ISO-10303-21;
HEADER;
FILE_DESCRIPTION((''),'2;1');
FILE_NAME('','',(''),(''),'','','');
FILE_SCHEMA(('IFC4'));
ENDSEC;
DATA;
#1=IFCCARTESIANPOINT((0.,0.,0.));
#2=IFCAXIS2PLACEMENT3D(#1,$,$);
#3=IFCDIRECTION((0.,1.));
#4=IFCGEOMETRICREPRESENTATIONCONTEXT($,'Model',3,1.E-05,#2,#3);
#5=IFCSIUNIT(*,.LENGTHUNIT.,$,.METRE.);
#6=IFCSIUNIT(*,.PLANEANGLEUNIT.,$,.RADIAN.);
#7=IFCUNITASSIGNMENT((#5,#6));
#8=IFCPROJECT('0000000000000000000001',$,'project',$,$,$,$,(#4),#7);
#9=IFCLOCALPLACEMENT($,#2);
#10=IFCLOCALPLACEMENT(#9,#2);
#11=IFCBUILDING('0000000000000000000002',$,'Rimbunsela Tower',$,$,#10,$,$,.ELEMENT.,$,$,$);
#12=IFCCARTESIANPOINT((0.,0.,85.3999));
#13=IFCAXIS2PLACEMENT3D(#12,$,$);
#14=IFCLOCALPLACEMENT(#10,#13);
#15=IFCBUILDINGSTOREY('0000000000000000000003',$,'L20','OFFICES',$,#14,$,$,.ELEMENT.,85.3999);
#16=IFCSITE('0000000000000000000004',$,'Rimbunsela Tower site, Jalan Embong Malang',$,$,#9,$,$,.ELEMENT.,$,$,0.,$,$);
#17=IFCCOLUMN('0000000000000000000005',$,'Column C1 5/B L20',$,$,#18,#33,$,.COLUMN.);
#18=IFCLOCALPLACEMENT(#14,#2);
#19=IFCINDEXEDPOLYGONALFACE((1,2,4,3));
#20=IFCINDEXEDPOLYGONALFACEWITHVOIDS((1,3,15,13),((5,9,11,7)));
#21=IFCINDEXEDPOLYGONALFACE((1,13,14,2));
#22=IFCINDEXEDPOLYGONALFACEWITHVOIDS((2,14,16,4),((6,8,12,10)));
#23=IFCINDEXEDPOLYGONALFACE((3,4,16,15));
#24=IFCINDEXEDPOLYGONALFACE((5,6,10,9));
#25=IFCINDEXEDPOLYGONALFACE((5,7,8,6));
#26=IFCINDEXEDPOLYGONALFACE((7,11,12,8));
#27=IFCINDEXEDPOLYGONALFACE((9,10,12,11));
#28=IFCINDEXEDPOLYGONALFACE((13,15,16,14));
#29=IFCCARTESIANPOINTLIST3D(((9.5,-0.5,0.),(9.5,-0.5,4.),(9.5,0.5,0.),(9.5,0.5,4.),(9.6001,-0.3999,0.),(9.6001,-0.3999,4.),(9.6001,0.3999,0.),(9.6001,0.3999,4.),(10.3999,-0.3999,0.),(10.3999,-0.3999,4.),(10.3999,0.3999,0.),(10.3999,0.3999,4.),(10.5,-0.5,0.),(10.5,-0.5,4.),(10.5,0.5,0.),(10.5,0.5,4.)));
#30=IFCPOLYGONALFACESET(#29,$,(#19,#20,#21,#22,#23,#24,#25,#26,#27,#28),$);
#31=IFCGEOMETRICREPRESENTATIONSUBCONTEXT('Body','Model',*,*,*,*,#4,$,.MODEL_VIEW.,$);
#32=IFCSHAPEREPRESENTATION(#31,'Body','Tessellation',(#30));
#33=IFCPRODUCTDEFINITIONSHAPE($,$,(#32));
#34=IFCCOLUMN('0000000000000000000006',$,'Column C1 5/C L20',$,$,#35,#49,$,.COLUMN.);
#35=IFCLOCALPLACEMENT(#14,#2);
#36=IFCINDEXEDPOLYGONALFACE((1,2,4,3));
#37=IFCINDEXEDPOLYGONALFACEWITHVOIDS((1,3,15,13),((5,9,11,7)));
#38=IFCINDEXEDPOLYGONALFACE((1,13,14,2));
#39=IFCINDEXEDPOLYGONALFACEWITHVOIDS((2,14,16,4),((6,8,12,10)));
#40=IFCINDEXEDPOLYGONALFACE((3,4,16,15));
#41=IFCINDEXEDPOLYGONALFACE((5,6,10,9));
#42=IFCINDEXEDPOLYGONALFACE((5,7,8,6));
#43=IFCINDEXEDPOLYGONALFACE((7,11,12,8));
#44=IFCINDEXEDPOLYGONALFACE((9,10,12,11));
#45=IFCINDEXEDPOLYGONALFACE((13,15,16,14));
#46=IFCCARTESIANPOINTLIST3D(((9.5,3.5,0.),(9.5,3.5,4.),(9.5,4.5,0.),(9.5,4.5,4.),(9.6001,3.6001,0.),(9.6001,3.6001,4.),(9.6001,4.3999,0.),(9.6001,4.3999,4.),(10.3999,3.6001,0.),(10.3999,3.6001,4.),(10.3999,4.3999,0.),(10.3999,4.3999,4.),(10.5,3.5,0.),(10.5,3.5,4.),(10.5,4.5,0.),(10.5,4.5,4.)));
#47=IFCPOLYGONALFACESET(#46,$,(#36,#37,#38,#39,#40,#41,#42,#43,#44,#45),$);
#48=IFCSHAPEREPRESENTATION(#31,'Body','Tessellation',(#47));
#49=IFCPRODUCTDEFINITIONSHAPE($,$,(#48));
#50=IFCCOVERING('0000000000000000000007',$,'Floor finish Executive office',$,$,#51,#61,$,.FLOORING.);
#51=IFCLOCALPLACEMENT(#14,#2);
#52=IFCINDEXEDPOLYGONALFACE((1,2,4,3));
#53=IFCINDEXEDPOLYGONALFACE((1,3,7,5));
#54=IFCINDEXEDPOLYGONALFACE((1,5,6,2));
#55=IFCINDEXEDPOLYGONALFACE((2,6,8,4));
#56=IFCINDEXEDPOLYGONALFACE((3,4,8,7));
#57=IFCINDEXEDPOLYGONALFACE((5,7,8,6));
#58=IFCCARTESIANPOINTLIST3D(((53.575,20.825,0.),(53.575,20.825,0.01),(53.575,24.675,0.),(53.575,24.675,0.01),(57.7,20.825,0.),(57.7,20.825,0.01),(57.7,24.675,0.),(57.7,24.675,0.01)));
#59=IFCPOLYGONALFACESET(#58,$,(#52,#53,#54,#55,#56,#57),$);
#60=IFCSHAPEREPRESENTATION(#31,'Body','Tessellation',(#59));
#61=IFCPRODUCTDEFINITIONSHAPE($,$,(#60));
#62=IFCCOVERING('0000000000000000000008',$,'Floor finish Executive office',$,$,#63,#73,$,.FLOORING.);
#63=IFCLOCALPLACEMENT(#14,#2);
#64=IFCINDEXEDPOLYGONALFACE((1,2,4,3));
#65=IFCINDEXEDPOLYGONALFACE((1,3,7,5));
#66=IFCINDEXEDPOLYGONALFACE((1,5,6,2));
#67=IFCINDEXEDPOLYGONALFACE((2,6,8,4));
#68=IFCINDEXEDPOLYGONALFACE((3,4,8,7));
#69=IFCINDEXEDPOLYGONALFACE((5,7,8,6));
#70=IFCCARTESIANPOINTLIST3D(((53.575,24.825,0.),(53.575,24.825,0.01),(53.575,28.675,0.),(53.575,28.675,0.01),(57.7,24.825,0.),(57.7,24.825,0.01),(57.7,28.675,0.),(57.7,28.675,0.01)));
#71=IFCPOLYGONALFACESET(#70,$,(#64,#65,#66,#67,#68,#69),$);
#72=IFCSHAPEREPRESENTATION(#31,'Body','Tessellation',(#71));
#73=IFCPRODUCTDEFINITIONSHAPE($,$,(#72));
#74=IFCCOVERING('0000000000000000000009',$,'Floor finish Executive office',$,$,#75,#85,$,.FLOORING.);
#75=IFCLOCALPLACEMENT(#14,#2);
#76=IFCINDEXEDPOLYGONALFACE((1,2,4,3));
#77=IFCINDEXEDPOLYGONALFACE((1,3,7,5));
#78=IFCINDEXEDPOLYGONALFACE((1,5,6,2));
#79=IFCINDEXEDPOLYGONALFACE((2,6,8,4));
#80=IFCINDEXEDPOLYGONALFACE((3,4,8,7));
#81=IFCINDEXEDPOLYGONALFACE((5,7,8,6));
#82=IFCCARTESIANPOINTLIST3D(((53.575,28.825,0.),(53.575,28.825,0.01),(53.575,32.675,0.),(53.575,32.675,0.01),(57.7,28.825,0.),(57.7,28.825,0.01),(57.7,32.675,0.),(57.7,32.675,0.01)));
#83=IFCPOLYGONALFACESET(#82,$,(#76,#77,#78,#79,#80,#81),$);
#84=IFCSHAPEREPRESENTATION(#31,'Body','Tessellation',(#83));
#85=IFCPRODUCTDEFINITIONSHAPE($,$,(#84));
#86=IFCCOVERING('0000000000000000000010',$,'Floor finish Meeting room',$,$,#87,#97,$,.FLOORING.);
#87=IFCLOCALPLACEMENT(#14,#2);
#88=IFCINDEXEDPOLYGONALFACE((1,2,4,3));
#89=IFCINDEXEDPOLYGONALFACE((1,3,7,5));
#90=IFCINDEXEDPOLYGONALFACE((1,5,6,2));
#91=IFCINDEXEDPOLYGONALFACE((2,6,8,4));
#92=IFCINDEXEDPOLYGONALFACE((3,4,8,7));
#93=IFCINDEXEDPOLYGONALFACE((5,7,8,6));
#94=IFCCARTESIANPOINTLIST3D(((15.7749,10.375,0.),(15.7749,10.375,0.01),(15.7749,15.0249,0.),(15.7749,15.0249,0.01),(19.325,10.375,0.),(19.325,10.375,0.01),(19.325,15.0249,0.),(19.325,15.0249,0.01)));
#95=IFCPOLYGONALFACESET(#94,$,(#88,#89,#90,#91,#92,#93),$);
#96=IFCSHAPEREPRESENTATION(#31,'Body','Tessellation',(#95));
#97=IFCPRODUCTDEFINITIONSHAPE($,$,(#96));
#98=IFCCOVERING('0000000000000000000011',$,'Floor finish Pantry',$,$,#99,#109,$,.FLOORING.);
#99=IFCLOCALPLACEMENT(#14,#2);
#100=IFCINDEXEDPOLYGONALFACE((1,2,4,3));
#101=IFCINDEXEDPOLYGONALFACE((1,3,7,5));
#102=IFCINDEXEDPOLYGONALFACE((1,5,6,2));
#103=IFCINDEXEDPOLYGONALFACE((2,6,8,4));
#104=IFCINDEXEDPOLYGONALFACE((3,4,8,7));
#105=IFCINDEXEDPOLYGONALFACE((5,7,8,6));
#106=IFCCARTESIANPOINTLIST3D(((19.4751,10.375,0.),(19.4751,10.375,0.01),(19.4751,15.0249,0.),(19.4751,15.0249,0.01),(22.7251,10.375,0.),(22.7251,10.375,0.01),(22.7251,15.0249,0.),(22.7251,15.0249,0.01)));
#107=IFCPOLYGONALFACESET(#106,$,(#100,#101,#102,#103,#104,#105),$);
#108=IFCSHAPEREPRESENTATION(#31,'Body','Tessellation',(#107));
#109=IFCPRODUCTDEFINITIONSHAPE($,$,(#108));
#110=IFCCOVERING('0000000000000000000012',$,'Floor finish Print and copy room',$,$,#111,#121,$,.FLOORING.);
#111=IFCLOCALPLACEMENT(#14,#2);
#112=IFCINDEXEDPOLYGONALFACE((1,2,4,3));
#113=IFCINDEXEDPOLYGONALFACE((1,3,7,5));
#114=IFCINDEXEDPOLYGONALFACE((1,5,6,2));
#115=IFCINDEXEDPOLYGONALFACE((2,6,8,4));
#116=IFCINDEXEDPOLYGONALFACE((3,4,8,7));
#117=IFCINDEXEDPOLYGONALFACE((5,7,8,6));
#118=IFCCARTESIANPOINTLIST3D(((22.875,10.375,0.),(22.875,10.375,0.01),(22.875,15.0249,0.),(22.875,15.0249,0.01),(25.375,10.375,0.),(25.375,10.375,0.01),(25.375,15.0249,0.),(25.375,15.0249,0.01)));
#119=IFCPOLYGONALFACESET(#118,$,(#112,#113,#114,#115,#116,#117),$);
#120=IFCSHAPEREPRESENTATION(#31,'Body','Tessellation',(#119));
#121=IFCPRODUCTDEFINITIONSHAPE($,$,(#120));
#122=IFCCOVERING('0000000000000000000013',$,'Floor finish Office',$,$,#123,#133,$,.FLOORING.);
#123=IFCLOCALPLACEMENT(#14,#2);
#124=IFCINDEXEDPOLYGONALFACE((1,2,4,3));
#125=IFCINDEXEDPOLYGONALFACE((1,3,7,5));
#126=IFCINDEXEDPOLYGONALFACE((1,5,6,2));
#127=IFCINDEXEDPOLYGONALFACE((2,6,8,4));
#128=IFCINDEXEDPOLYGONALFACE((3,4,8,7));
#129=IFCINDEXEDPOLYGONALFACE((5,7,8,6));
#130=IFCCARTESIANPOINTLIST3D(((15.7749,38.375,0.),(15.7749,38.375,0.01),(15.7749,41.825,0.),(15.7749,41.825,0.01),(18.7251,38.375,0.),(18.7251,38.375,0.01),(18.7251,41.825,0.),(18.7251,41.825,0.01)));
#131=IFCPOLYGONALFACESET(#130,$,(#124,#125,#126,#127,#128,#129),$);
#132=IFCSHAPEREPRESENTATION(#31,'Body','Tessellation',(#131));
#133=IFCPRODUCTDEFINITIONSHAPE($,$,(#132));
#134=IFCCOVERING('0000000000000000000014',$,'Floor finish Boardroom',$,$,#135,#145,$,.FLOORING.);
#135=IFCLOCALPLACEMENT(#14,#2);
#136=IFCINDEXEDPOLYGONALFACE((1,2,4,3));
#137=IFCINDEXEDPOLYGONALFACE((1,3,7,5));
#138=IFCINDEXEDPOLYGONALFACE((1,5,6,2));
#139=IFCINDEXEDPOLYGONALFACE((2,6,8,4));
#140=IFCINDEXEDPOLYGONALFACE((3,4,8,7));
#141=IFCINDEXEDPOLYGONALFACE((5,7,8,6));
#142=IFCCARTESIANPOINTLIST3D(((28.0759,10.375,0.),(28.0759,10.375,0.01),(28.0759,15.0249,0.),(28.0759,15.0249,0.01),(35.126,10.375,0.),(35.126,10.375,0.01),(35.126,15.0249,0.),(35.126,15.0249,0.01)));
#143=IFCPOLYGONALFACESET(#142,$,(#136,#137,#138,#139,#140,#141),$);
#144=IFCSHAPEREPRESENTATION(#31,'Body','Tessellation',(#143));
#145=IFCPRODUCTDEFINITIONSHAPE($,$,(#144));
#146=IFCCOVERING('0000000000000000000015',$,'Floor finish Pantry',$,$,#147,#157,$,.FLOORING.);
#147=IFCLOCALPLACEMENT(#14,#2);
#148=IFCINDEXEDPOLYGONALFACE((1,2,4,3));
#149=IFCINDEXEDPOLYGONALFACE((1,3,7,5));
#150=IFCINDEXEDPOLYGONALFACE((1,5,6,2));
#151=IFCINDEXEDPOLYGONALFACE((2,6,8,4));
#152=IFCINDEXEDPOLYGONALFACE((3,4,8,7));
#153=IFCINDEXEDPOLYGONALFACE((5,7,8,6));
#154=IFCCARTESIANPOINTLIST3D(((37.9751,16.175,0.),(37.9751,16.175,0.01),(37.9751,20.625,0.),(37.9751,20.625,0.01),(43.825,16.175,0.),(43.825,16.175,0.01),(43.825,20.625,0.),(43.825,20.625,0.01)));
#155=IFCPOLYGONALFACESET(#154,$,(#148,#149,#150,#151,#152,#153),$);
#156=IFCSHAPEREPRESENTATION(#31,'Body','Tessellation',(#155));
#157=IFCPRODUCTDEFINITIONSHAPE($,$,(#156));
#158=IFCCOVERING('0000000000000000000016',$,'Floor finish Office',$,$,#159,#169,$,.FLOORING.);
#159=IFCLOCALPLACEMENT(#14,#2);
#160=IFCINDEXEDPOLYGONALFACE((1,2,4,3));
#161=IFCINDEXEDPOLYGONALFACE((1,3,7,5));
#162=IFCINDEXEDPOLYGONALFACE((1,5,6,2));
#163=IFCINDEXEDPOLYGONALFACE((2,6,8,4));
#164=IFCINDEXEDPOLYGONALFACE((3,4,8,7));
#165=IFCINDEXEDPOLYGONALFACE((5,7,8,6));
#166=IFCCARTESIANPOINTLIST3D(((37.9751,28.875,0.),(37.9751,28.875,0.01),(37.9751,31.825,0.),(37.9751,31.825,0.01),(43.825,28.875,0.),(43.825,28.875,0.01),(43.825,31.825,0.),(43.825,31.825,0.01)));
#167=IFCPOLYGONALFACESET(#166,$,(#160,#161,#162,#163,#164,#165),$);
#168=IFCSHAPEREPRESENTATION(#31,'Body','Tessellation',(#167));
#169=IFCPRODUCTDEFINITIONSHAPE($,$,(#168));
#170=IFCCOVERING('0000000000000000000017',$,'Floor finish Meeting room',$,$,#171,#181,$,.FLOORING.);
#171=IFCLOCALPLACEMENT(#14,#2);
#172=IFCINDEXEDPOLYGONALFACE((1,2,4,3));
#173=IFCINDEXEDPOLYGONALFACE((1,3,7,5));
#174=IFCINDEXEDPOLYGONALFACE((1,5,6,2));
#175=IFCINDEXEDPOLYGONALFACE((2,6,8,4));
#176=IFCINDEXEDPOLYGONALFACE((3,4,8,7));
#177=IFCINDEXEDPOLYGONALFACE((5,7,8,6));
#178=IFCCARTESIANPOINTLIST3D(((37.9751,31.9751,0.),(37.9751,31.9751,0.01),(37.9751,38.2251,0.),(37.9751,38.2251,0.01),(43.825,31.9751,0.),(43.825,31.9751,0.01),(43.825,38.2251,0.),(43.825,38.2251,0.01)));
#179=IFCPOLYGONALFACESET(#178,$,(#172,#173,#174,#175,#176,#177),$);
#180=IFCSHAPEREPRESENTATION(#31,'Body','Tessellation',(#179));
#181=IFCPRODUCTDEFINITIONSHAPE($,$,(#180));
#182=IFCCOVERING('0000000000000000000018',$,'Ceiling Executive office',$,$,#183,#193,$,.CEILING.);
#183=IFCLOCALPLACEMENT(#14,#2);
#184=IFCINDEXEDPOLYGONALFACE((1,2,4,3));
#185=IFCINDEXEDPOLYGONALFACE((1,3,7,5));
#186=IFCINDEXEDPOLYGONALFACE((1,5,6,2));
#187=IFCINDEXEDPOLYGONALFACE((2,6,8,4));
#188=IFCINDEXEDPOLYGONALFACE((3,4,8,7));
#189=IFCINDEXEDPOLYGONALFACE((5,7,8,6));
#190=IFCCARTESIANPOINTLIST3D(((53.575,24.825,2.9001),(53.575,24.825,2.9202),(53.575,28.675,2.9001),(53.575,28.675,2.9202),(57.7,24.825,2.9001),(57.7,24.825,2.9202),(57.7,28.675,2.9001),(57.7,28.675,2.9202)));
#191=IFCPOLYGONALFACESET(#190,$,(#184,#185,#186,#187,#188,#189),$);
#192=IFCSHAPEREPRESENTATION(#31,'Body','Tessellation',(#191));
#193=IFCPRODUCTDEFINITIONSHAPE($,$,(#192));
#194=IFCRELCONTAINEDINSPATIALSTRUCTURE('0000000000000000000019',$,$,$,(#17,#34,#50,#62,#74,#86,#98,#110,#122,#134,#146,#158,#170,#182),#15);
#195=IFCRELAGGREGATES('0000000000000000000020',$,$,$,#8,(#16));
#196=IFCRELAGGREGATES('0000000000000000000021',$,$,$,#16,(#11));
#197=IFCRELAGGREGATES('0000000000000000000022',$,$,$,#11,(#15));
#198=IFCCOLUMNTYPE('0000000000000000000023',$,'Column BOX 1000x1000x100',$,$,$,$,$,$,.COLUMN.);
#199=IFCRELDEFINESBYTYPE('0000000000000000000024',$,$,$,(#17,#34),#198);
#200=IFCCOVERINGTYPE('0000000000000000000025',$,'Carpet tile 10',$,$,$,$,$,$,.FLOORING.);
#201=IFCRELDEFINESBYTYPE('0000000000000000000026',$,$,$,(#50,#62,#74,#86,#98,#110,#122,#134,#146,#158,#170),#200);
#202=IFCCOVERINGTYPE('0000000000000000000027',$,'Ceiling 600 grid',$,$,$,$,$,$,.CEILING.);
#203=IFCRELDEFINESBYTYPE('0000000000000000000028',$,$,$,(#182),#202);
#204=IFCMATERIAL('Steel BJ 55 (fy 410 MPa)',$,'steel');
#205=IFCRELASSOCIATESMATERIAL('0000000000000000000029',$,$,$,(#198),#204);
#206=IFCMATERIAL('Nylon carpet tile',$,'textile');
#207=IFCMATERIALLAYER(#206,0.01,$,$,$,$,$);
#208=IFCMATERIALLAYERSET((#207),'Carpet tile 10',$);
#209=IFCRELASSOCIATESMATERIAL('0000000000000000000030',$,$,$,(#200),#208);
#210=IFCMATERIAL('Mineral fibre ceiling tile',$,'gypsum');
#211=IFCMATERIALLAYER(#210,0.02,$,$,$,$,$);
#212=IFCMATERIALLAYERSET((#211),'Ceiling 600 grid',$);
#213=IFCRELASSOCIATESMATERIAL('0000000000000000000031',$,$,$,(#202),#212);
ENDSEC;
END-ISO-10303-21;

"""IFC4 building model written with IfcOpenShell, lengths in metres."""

from ifc_helpers import new_model, si_unit, direction, frame, origin, origin_2d, place, context, subcontext, project, spatial, polyline, hollow_rectangle, outline, extrude, material, layer, layer_set, material_profile, profile_set, type_object, element, save


model = new_model("IFC4")

# Units and contexts
model_context = context("Model", 3, precision=1e-05, world=origin(), true_north=direction((0.0, 1.0)))
body_context = subcontext(model_context, "Body", "Model", "MODEL_VIEW")
ifc_project = project(units=[si_unit("LENGTHUNIT", "METRE"), si_unit("PLANEANGLEUNIT", "RADIAN")], contexts=[model_context])

# Site, building, storey
site_placement = place(None, origin())
site = spatial("IfcSite", under=ifc_project, at=site_placement, Name="Rimbunsela Tower site, Jalan Embong Malang", CompositionType="ELEMENT", RefElevation=0.0)
building_placement = place(site_placement, origin())
building = spatial("IfcBuilding", under=site, at=building_placement, Name="Rimbunsela Tower", CompositionType="ELEMENT")
storey_placement = place(building_placement, frame((0.0, 0.0, 85.3999)))
storey = spatial("IfcBuildingStorey", under=building, at=storey_placement, Name="L20", Description="OFFICES", CompositionType="ELEMENT", Elevation=85.3999)

# Columns
ifc_material_1 = material(Name="Steel BJ 55 (fy 410 MPa)", Category="steel")
ifc_material_profile = material_profile(ifc_material_1, hollow_rectangle(XDim=1.0, YDim=1.0, WallThickness=0.1001, at=origin_2d()), Name="BOX 1000x1000x100")
ifc_profile_set = profile_set([ifc_material_profile], Name="Steel BJ 55 (fy 410 MPa)")
column_type = type_object("IfcColumnType", Name="Column BOX 1000x1000x100", PredefinedType="COLUMN", material=ifc_profile_set)
for number, where, z_axis, x_axis, name in (
    (1, (10.0, 0.0, 0.0), (0.0, 0.0, 1.0), (1.0, 0.0, 0.0), "Column C1 5/B L20"),
    (2, (10.0, 4.0, 0.0), (0.0, 0.0, 1.0), (1.0, 0.0, 0.0), "Column C1 5/C L20"),
):
    element("IfcColumn", number, at=place(storey_placement, frame(where, z_axis=z_axis, x_axis=x_axis)), inside=storey, type_object=column_type, Name=name, PredefinedType="COLUMN", context=body_context, shape_type="SweptSolid", body=[
        extrude(hollow_rectangle(XDim=1.0, YDim=1.0, WallThickness=0.1001, at=origin_2d()), origin(), (0.0, 0.0, 1.0), 4.0),
    ])

# Coverings
ifc_material_2 = material(Name="Nylon carpet tile", Category="textile")
ifc_layer_1 = layer(ifc_material_2, 0.01)
ifc_layer_set_1 = layer_set([ifc_layer_1], Name="Carpet tile 10")
covering_type_1 = type_object("IfcCoveringType", Name="Carpet tile 10", PredefinedType="FLOORING", material=ifc_layer_set_1)
covering_1_placement = place(storey_placement, origin())
element("IfcCovering", 3, at=covering_1_placement, inside=storey, type_object=covering_type_1, Name="Floor finish Executive office", PredefinedType="FLOORING", context=body_context, shape_type="SweptSolid", body=[
    extrude(outline(polyline([(57.7, 20.825), (57.7, 24.675), (53.575, 24.675), (53.575, 20.825), (57.7, 20.825)])), origin(), (0.0, 0.0, 1.0), 0.01),
])
covering_2_placement = place(storey_placement, origin())
element("IfcCovering", 4, at=covering_2_placement, inside=storey, type_object=covering_type_1, Name="Floor finish Executive office", PredefinedType="FLOORING", context=body_context, shape_type="SweptSolid", body=[
    extrude(outline(polyline([(57.7, 24.825), (57.7, 28.675), (53.575, 28.675), (53.575, 24.825), (57.7, 24.825)])), origin(), (0.0, 0.0, 1.0), 0.01),
])
covering_3_placement = place(storey_placement, origin())
element("IfcCovering", 5, at=covering_3_placement, inside=storey, type_object=covering_type_1, Name="Floor finish Executive office", PredefinedType="FLOORING", context=body_context, shape_type="SweptSolid", body=[
    extrude(outline(polyline([(57.7, 28.825), (57.7, 32.675), (53.575, 32.675), (53.575, 28.825), (57.7, 28.825)])), origin(), (0.0, 0.0, 1.0), 0.01),
])
covering_4_placement = place(storey_placement, origin())
element("IfcCovering", 6, at=covering_4_placement, inside=storey, type_object=covering_type_1, Name="Floor finish Meeting room", PredefinedType="FLOORING", context=body_context, shape_type="SweptSolid", body=[
    extrude(outline(polyline([(19.325, 10.375), (19.325, 15.0249), (15.7749, 15.0249), (15.7749, 10.375), (19.325, 10.375)])), origin(), (0.0, 0.0, 1.0), 0.01),
])
covering_5_placement = place(storey_placement, origin())
element("IfcCovering", 7, at=covering_5_placement, inside=storey, type_object=covering_type_1, Name="Floor finish Pantry", PredefinedType="FLOORING", context=body_context, shape_type="SweptSolid", body=[
    extrude(outline(polyline([(22.7251, 10.375), (22.7251, 15.0249), (19.4751, 15.0249), (19.4751, 10.375), (22.7251, 10.375)])), origin(), (0.0, 0.0, 1.0), 0.01),
])
covering_6_placement = place(storey_placement, origin())
element("IfcCovering", 8, at=covering_6_placement, inside=storey, type_object=covering_type_1, Name="Floor finish Print and copy room", PredefinedType="FLOORING", context=body_context, shape_type="SweptSolid", body=[
    extrude(outline(polyline([(25.375, 10.375), (25.375, 15.0249), (22.875, 15.0249), (22.875, 10.375), (25.375, 10.375)])), origin(), (0.0, 0.0, 1.0), 0.01),
])
covering_7_placement = place(storey_placement, origin())
element("IfcCovering", 9, at=covering_7_placement, inside=storey, type_object=covering_type_1, Name="Floor finish Office", PredefinedType="FLOORING", context=body_context, shape_type="SweptSolid", body=[
    extrude(outline(polyline([(18.7251, 38.375), (18.7251, 41.825), (15.7749, 41.825), (15.7749, 38.375), (18.7251, 38.375)])), origin(), (0.0, 0.0, 1.0), 0.01),
])
covering_8_placement = place(storey_placement, origin())
element("IfcCovering", 10, at=covering_8_placement, inside=storey, type_object=covering_type_1, Name="Floor finish Boardroom", PredefinedType="FLOORING", context=body_context, shape_type="SweptSolid", body=[
    extrude(outline(polyline([(35.126, 10.375), (35.126, 15.0249), (28.0759, 15.0249), (28.0759, 10.375), (35.126, 10.375)])), origin(), (0.0, 0.0, 1.0), 0.01),
])
covering_9_placement = place(storey_placement, origin())
element("IfcCovering", 11, at=covering_9_placement, inside=storey, type_object=covering_type_1, Name="Floor finish Pantry", PredefinedType="FLOORING", context=body_context, shape_type="SweptSolid", body=[
    extrude(outline(polyline([(43.825, 16.175), (43.825, 20.625), (37.9751, 20.625), (37.9751, 16.175), (43.825, 16.175)])), origin(), (0.0, 0.0, 1.0), 0.01),
])
covering_10_placement = place(storey_placement, origin())
element("IfcCovering", 12, at=covering_10_placement, inside=storey, type_object=covering_type_1, Name="Floor finish Office", PredefinedType="FLOORING", context=body_context, shape_type="SweptSolid", body=[
    extrude(outline(polyline([(43.825, 28.875), (43.825, 31.825), (37.9751, 31.825), (37.9751, 28.875), (43.825, 28.875)])), origin(), (0.0, 0.0, 1.0), 0.01),
])
covering_11_placement = place(storey_placement, origin())
element("IfcCovering", 13, at=covering_11_placement, inside=storey, type_object=covering_type_1, Name="Floor finish Meeting room", PredefinedType="FLOORING", context=body_context, shape_type="SweptSolid", body=[
    extrude(outline(polyline([(43.825, 31.9751), (43.825, 38.2251), (37.9751, 38.2251), (37.9751, 31.9751), (43.825, 31.9751)])), origin(), (0.0, 0.0, 1.0), 0.01),
])
ifc_material_3 = material(Name="Mineral fibre ceiling tile", Category="gypsum")
ifc_layer_2 = layer(ifc_material_3, 0.02)
ifc_layer_set_2 = layer_set([ifc_layer_2], Name="Ceiling 600 grid")
covering_type_2 = type_object("IfcCoveringType", Name="Ceiling 600 grid", PredefinedType="CEILING", material=ifc_layer_set_2)
covering_12_placement = place(storey_placement, frame((0.0, 0.0, 2.9001)))
element("IfcCovering", 14, at=covering_12_placement, inside=storey, type_object=covering_type_2, Name="Ceiling Executive office", PredefinedType="CEILING", context=body_context, shape_type="SweptSolid", body=[
    extrude(outline(polyline([(57.7, 24.825), (57.7, 28.675), (53.575, 28.675), (53.575, 24.825), (57.7, 24.825)])), origin(), (0.0, 0.0, 1.0), 0.02),
])

save(model, "model.ifc")
